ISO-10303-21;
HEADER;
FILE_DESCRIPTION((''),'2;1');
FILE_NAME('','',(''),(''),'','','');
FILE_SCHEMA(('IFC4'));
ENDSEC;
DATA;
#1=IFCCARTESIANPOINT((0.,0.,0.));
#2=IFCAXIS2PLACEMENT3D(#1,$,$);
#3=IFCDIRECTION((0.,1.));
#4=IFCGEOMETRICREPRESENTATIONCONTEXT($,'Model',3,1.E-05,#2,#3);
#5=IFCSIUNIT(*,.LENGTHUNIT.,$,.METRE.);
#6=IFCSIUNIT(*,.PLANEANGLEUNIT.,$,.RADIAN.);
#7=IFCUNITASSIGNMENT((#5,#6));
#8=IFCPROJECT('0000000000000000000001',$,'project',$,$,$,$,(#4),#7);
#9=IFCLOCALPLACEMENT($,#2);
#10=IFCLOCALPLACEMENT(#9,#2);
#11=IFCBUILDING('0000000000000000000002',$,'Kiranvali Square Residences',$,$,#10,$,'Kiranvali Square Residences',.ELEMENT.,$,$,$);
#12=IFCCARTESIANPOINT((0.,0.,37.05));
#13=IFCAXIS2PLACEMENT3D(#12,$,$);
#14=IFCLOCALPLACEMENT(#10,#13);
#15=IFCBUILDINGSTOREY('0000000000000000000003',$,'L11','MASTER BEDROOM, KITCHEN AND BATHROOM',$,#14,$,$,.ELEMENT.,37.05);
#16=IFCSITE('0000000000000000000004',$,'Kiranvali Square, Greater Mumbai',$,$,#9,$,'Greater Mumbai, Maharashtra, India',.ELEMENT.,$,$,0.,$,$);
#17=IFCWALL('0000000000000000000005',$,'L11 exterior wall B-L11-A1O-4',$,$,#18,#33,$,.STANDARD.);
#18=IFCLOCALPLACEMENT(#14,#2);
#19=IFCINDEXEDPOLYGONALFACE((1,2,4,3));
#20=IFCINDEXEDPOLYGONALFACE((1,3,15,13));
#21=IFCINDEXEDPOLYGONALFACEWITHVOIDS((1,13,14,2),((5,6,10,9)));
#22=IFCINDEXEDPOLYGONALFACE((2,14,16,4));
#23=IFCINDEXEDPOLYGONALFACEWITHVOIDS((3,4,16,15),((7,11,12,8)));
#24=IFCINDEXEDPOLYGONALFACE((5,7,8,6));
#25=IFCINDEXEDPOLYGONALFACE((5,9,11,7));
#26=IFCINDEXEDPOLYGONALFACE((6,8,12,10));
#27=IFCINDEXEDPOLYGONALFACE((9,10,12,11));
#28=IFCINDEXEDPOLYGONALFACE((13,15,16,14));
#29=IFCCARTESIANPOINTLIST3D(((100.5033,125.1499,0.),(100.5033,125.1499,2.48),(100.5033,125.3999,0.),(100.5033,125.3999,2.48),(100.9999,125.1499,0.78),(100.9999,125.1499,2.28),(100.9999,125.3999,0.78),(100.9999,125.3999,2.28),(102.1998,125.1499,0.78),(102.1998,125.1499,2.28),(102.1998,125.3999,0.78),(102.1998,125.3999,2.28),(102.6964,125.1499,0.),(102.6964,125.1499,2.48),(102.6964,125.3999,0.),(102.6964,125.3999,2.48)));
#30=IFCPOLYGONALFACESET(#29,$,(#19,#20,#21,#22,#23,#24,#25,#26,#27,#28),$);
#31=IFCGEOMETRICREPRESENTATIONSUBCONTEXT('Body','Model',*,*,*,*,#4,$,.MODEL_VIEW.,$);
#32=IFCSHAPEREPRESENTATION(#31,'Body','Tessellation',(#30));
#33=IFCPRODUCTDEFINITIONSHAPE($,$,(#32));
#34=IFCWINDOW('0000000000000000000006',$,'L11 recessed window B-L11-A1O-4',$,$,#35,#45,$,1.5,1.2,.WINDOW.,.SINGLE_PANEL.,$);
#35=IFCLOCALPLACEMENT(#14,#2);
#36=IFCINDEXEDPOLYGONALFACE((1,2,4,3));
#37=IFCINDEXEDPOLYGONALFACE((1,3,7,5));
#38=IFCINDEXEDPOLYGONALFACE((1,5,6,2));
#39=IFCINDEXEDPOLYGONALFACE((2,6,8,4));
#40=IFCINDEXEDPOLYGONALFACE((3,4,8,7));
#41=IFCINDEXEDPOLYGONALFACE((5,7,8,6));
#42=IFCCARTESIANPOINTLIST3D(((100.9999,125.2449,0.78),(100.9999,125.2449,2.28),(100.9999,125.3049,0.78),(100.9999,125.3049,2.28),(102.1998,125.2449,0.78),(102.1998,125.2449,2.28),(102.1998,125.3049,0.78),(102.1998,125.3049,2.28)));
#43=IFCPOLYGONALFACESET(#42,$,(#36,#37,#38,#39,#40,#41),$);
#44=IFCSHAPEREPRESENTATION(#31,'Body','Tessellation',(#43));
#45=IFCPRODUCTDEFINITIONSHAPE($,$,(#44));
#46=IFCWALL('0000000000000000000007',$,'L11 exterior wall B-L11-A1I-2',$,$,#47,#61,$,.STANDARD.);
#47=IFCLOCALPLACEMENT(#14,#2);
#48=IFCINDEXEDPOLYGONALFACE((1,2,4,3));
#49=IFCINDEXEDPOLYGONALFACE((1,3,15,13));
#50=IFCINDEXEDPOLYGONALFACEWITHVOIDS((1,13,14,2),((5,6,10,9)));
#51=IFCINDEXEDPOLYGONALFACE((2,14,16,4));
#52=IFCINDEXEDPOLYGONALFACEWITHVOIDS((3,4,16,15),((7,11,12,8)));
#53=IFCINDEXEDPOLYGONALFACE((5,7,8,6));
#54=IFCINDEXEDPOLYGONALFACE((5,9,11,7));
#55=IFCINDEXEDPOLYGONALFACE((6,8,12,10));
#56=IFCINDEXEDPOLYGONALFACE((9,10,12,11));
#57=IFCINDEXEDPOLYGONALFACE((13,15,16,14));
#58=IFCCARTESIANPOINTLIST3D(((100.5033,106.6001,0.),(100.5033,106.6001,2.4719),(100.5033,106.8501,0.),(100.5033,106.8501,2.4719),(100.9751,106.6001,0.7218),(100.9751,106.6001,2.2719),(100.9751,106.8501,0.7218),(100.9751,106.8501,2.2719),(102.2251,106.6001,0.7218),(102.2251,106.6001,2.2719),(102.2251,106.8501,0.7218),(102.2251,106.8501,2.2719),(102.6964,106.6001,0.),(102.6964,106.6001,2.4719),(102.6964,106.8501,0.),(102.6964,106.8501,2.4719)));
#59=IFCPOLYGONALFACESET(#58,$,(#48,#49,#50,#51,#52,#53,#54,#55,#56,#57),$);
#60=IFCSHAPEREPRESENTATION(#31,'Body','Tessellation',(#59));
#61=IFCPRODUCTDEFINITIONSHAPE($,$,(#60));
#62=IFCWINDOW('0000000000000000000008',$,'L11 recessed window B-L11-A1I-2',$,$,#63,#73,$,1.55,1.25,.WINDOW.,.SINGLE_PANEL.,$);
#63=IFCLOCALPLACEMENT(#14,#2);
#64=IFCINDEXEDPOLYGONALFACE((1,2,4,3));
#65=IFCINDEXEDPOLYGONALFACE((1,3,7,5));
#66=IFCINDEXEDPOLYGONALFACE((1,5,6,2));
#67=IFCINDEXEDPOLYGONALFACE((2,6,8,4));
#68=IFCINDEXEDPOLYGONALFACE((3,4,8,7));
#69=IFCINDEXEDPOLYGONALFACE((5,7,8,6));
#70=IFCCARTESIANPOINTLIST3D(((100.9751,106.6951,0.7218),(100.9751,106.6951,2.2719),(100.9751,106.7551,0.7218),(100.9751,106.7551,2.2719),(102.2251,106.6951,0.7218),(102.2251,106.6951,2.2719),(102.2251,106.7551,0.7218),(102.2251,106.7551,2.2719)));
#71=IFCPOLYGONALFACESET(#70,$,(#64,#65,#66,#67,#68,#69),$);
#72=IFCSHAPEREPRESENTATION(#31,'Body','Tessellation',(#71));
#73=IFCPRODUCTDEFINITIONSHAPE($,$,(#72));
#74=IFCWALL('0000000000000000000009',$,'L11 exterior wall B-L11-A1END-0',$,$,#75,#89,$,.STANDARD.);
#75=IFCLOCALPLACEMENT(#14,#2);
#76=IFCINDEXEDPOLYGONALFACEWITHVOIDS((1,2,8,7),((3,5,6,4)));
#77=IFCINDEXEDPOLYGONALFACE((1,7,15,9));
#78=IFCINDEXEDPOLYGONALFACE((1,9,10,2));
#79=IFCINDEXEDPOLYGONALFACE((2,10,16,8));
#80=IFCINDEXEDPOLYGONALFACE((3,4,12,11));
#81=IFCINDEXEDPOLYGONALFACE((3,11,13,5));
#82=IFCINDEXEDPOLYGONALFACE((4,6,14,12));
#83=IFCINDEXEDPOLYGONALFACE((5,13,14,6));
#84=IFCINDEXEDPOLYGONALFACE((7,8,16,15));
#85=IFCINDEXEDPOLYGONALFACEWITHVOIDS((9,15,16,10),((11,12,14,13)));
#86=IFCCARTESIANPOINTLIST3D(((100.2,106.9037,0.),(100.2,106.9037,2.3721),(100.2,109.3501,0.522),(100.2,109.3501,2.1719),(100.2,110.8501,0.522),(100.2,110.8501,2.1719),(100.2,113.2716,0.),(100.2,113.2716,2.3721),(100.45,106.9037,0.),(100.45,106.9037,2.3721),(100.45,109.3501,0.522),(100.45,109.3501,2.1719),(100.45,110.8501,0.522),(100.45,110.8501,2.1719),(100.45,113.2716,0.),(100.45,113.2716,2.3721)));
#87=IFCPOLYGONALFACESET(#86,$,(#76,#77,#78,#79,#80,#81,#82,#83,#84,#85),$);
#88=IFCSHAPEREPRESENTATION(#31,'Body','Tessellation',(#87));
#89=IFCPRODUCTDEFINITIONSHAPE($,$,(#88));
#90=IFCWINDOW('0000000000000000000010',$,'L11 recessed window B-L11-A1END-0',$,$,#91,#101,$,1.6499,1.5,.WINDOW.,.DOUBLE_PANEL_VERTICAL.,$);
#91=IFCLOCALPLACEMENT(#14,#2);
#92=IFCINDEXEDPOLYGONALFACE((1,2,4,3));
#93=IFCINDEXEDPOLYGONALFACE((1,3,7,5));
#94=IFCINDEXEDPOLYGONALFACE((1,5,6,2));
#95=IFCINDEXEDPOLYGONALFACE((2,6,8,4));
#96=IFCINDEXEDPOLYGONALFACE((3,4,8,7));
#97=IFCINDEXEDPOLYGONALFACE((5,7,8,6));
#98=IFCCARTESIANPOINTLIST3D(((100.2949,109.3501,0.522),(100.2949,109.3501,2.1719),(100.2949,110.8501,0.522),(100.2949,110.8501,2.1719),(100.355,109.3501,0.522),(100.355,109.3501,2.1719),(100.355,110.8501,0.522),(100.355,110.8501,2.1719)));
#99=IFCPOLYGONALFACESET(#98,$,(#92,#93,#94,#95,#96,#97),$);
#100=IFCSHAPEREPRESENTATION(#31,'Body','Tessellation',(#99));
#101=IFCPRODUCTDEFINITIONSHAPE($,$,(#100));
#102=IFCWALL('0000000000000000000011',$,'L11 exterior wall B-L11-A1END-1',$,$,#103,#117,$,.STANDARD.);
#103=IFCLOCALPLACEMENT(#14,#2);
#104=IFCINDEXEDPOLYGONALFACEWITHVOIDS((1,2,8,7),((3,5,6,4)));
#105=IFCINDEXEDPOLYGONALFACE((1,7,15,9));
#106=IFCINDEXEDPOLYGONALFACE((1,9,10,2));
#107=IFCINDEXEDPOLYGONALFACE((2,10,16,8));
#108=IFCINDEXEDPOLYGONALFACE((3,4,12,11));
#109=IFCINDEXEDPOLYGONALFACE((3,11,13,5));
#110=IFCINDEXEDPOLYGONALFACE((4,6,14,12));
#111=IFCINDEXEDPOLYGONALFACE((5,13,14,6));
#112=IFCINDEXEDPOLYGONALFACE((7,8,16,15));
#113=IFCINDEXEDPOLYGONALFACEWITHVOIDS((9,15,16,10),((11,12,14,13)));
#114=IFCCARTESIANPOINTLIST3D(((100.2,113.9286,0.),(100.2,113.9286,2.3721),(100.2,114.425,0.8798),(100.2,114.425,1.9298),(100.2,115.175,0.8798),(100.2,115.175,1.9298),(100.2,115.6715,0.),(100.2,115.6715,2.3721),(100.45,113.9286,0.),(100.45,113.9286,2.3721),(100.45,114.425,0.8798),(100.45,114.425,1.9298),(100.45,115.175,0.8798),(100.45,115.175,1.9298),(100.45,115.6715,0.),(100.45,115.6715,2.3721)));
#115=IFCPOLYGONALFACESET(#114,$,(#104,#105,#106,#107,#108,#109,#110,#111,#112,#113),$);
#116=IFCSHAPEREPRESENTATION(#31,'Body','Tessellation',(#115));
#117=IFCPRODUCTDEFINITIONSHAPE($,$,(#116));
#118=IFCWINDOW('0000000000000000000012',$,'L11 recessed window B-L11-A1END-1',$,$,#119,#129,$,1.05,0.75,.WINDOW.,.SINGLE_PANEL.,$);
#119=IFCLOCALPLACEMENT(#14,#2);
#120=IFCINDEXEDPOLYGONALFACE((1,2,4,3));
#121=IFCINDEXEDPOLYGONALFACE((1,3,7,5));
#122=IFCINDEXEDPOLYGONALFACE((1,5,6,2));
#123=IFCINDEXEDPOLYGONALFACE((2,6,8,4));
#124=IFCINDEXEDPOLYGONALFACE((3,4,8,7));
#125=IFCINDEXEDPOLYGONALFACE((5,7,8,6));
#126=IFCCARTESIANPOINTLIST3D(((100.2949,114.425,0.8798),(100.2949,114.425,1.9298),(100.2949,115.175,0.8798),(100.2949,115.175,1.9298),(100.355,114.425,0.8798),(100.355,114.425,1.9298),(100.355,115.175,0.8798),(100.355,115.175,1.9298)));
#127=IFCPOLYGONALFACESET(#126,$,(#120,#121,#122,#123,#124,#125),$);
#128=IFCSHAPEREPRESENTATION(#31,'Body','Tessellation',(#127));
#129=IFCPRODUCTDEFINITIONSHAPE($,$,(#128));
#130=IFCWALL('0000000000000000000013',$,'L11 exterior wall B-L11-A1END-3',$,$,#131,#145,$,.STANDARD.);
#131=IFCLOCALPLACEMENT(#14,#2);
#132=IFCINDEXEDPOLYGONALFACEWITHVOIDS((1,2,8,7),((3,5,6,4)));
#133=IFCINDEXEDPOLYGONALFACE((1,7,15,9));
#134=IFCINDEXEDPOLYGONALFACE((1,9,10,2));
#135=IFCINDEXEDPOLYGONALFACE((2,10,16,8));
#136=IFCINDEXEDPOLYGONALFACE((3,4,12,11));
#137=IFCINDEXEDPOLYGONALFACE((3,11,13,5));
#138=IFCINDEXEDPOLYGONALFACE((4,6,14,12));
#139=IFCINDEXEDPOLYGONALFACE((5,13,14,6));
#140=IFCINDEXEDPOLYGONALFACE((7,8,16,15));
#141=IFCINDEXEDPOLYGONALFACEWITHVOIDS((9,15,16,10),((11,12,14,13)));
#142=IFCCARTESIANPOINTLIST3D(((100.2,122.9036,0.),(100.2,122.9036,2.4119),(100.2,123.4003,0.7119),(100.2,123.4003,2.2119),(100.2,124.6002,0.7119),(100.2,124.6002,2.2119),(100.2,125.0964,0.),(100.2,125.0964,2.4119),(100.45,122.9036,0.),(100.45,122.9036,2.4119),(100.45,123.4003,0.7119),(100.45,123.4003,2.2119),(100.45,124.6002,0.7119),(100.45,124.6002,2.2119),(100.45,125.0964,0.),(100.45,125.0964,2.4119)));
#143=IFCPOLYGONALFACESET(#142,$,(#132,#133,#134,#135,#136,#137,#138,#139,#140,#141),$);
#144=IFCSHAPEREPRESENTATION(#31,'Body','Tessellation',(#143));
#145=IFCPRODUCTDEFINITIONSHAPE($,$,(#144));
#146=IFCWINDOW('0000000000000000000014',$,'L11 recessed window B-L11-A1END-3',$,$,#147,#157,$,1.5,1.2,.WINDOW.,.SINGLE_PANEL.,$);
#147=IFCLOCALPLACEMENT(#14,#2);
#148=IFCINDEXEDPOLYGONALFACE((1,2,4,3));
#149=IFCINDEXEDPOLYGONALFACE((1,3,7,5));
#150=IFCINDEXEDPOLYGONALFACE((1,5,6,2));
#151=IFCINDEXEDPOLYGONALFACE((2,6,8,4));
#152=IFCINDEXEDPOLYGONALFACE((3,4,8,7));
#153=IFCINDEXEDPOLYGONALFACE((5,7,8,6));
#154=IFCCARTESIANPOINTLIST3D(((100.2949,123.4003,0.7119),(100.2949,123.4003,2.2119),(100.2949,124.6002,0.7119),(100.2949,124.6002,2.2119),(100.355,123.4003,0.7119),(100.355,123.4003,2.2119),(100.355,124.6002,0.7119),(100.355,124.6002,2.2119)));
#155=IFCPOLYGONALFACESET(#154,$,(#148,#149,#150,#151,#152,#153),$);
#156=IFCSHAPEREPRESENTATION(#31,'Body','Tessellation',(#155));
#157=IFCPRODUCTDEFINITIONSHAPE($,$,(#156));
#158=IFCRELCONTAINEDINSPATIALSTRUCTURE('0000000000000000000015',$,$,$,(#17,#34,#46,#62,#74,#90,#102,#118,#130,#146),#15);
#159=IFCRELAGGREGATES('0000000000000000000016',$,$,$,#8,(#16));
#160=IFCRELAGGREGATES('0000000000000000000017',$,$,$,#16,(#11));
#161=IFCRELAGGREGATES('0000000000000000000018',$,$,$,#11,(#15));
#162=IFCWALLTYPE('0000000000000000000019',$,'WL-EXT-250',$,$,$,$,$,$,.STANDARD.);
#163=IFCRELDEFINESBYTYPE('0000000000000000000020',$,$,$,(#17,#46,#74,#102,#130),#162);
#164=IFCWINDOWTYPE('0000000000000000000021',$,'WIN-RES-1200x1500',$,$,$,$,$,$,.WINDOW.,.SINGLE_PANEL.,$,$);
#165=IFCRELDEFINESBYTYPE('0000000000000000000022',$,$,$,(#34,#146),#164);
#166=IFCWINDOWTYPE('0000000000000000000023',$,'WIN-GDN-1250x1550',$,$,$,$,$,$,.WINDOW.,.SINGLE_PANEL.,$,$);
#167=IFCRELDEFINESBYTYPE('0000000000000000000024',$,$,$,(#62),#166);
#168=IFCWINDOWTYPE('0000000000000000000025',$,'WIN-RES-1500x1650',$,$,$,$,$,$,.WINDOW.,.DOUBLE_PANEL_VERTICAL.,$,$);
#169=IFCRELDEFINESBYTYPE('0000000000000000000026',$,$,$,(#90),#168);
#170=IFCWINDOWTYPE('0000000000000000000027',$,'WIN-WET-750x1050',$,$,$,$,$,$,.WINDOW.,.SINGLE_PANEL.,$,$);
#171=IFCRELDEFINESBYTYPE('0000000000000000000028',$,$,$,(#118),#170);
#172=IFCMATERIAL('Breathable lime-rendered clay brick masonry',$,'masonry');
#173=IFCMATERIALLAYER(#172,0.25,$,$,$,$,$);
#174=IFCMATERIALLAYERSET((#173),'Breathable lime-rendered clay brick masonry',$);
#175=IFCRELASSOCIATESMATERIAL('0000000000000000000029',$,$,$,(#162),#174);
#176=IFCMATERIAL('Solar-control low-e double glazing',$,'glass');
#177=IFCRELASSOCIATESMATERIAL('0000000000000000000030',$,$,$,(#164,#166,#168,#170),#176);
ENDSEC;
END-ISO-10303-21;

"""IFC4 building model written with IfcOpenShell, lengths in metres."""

from ifc_helpers import new_model, si_unit, direction, frame, frame_2d, origin, place, context, subcontext, project, spatial, rectangle, extrude, material, layer, layer_set, type_object, element, fill, save


model = new_model("IFC4")

# Units and contexts
model_context = context("Model", 3, precision=1e-05, world=origin(), true_north=direction((0.0, 1.0)))
body_context = subcontext(model_context, "Body", "Model", "MODEL_VIEW")
ifc_project = project(units=[si_unit("LENGTHUNIT", "METRE"), si_unit("PLANEANGLEUNIT", "RADIAN")], contexts=[model_context])

# Site, building, storey
site_placement = place(None, origin())
site = spatial("IfcSite", under=ifc_project, at=site_placement, Name="Kiranvali Square, Greater Mumbai", LongName="Greater Mumbai, Maharashtra, India", CompositionType="ELEMENT", RefElevation=0.0)
building_placement = place(site_placement, origin())
building = spatial("IfcBuilding", under=site, at=building_placement, Name="Kiranvali Square Residences", LongName="Kiranvali Square Residences", CompositionType="ELEMENT")
storey_placement = place(building_placement, frame((0.0, 0.0, 37.05)))
storey = spatial("IfcBuildingStorey", under=building, at=storey_placement, Name="L11", Description="MASTER BEDROOM, KITCHEN AND BATHROOM", CompositionType="ELEMENT", Elevation=37.05)

# Walls, openings, windows
ifc_material_1 = material(Name="Breathable lime-rendered clay brick masonry", Category="masonry")
ifc_layer_1 = layer(ifc_material_1, 0.25)
ifc_layer_set_1 = layer_set([ifc_layer_1], Name="Breathable lime-rendered clay brick masonry")
wall_type_1 = type_object("IfcWallType", Name="WL-EXT-250", PredefinedType="STANDARD", material=ifc_layer_set_1)
wall_1_placement = place(storey_placement, frame((102.6965, 125.2749, 0.0), z_axis=(0.0, 0.0, 1.0), x_axis=(-1.0, 0.0, 0.0)))
wall_1 = element("IfcWall", 1, at=wall_1_placement, inside=storey, type_object=wall_type_1, Name="L11 exterior wall B-L11-A1O-4", PredefinedType="STANDARD", context=body_context, shape_type="SweptSolid", body=[
    extrude(rectangle(XDim=2.1931, YDim=0.25, at=frame_2d((1.0967, 0.0))), origin(), (0.0, 0.0, 1.0), 2.48),
])
opening_1_placement = place(wall_1_placement, frame((0.4966, 0.0, 0.78)))
opening_1 = element("IfcOpeningElement", 2, at=opening_1_placement, cuts=wall_1, PredefinedType="OPENING", context=body_context, shape_type="SweptSolid", body=[
    extrude(rectangle(XDim=1.2, YDim=1.5, at=frame_2d((0.6001, 0.75))), frame((0.0, 0.135, 0.0), z_axis=(0.0, -1.0, 0.0), x_axis=(1.0, 0.0, 0.0)), (0.0, 0.0, 1.0), 0.27),
])
ifc_material_2 = material(Name="Solar-control low-e double glazing", Category="glass")
window_type_1 = type_object("IfcWindowType", Name="WIN-RES-1200x1500", PartitioningType="SINGLE_PANEL", PredefinedType="WINDOW", material=ifc_material_2)
window_1_placement = place(opening_1_placement, origin())
window_1 = element("IfcWindow", 3, at=window_1_placement, inside=storey, type_object=window_type_1, Name="L11 recessed window B-L11-A1O-4", OverallHeight=1.5, OverallWidth=1.2, PartitioningType="SINGLE_PANEL", PredefinedType="WINDOW", context=body_context, shape_type="SweptSolid", body=[
    extrude(rectangle(XDim=1.2, YDim=1.5, at=frame_2d((0.6001, 0.75))), frame((0.0, 0.03, 0.0), z_axis=(0.0, -1.0, 0.0), x_axis=(1.0, 0.0, 0.0)), (0.0, 0.0, 1.0), 0.0601),
])
fill(opening_1, window_1)
wall_2_placement = place(storey_placement, frame((102.6965, 106.7251, 0.0), z_axis=(0.0, 0.0, 1.0), x_axis=(-1.0, 0.0, 0.0)))
wall_2 = element("IfcWall", 4, at=wall_2_placement, inside=storey, type_object=wall_type_1, Name="L11 exterior wall B-L11-A1I-2", PredefinedType="STANDARD", context=body_context, shape_type="SweptSolid", body=[
    extrude(rectangle(XDim=2.1931, YDim=0.25, at=frame_2d((1.0967, 0.0))), origin(), (0.0, 0.0, 1.0), 2.4719),
])
opening_2_placement = place(wall_2_placement, frame((0.4714, 0.0, 0.7219)))
opening_2 = element("IfcOpeningElement", 5, at=opening_2_placement, cuts=wall_2, PredefinedType="OPENING", context=body_context, shape_type="SweptSolid", body=[
    extrude(rectangle(XDim=1.25, YDim=1.55, at=frame_2d((0.625, 0.7749))), frame((0.0, 0.135, 0.0), z_axis=(0.0, -1.0, 0.0), x_axis=(1.0, 0.0, 0.0)), (0.0, 0.0, 1.0), 0.27),
])
window_type_2 = type_object("IfcWindowType", Name="WIN-GDN-1250x1550", PartitioningType="SINGLE_PANEL", PredefinedType="WINDOW", material=ifc_material_2)
window_2_placement = place(opening_2_placement, origin())
window_2 = element("IfcWindow", 6, at=window_2_placement, inside=storey, type_object=window_type_2, Name="L11 recessed window B-L11-A1I-2", OverallHeight=1.55, OverallWidth=1.25, PartitioningType="SINGLE_PANEL", PredefinedType="WINDOW", context=body_context, shape_type="SweptSolid", body=[
    extrude(rectangle(XDim=1.25, YDim=1.55, at=frame_2d((0.625, 0.7749))), frame((0.0, 0.03, 0.0), z_axis=(0.0, -1.0, 0.0), x_axis=(1.0, 0.0, 0.0)), (0.0, 0.0, 1.0), 0.0601),
])
fill(opening_2, window_2)
wall_3_placement = place(storey_placement, frame((100.325, 106.9036, 0.0), z_axis=(0.0, 0.0, 1.0), x_axis=(0.0, 1.0, 0.0)))
wall_3 = element("IfcWall", 7, at=wall_3_placement, inside=storey, type_object=wall_type_1, Name="L11 exterior wall B-L11-A1END-0", PredefinedType="STANDARD", context=body_context, shape_type="SweptSolid", body=[
    extrude(rectangle(XDim=6.3679, YDim=0.25, at=frame_2d((3.1841, 0.0))), origin(), (0.0, 0.0, 1.0), 2.3721),
])
opening_3_placement = place(wall_3_placement, frame((2.4465, 0.0, 0.522)))
opening_3 = element("IfcOpeningElement", 8, at=opening_3_placement, cuts=wall_3, PredefinedType="OPENING", context=body_context, shape_type="SweptSolid", body=[
    extrude(rectangle(XDim=1.5, YDim=1.6499, at=frame_2d((0.75, 0.825))), frame((0.0, 0.135, 0.0), z_axis=(0.0, -1.0, 0.0), x_axis=(1.0, 0.0, 0.0)), (0.0, 0.0, 1.0), 0.27),
])
window_type_3 = type_object("IfcWindowType", Name="WIN-RES-1500x1650", PartitioningType="DOUBLE_PANEL_VERTICAL", PredefinedType="WINDOW", material=ifc_material_2)
window_3_placement = place(opening_3_placement, origin())
window_3 = element("IfcWindow", 9, at=window_3_placement, inside=storey, type_object=window_type_3, Name="L11 recessed window B-L11-A1END-0", OverallHeight=1.6499, OverallWidth=1.5, PartitioningType="DOUBLE_PANEL_VERTICAL", PredefinedType="WINDOW", context=body_context, shape_type="SweptSolid", body=[
    extrude(rectangle(XDim=1.5, YDim=1.6499, at=frame_2d((0.75, 0.825))), frame((0.0, 0.03, 0.0), z_axis=(0.0, -1.0, 0.0), x_axis=(1.0, 0.0, 0.0)), (0.0, 0.0, 1.0), 0.0601),
])
fill(opening_3, window_3)
wall_4_placement = place(storey_placement, frame((100.325, 113.9285, 0.0), z_axis=(0.0, 0.0, 1.0), x_axis=(0.0, 1.0, 0.0)))
wall_4 = element("IfcWall", 10, at=wall_4_placement, inside=storey, type_object=wall_type_1, Name="L11 exterior wall B-L11-A1END-1", PredefinedType="STANDARD", context=body_context, shape_type="SweptSolid", body=[
    extrude(rectangle(XDim=1.7429, YDim=0.25, at=frame_2d((0.8716, 0.0))), origin(), (0.0, 0.0, 1.0), 2.3721),
])
opening_4_placement = place(wall_4_placement, frame((0.4966, 0.0, 0.8799)))
opening_4 = element("IfcOpeningElement", 11, at=opening_4_placement, cuts=wall_4, PredefinedType="OPENING", context=body_context, shape_type="SweptSolid", body=[
    extrude(rectangle(XDim=0.75, YDim=1.05, at=frame_2d((0.375, 0.5249))), frame((0.0, 0.135, 0.0), z_axis=(0.0, -1.0, 0.0), x_axis=(1.0, 0.0, 0.0)), (0.0, 0.0, 1.0), 0.27),
])
window_type_4 = type_object("IfcWindowType", Name="WIN-WET-750x1050", PartitioningType="SINGLE_PANEL", PredefinedType="WINDOW", material=ifc_material_2)
window_4_placement = place(opening_4_placement, origin())
window_4 = element("IfcWindow", 12, at=window_4_placement, inside=storey, type_object=window_type_4, Name="L11 recessed window B-L11-A1END-1", OverallHeight=1.05, OverallWidth=0.75, PartitioningType="SINGLE_PANEL", PredefinedType="WINDOW", context=body_context, shape_type="SweptSolid", body=[
    extrude(rectangle(XDim=0.75, YDim=1.05, at=frame_2d((0.375, 0.5249))), frame((0.0, 0.03, 0.0), z_axis=(0.0, -1.0, 0.0), x_axis=(1.0, 0.0, 0.0)), (0.0, 0.0, 1.0), 0.0601),
])
fill(opening_4, window_4)

# Wall, opening, window
wall_5_placement = place(storey_placement, frame((100.325, 122.9036, 0.0), z_axis=(0.0, 0.0, 1.0), x_axis=(0.0, 1.0, 0.0)))
wall_5 = element("IfcWall", 13, at=wall_5_placement, inside=storey, type_object=wall_type_1, Name="L11 exterior wall B-L11-A1END-3", PredefinedType="STANDARD", context=body_context, shape_type="SweptSolid", body=[
    extrude(rectangle(XDim=2.1929, YDim=0.25, at=frame_2d((1.0964, 0.0))), origin(), (0.0, 0.0, 1.0), 2.4119),
])
opening_5_placement = place(wall_5_placement, frame((0.4966, 0.0, 0.7119)))
opening_5 = element("IfcOpeningElement", 14, at=opening_5_placement, cuts=wall_5, PredefinedType="OPENING", context=body_context, shape_type="SweptSolid", body=[
    extrude(rectangle(XDim=1.2, YDim=1.5, at=frame_2d((0.6001, 0.75))), frame((0.0, 0.135, 0.0), z_axis=(0.0, -1.0, 0.0), x_axis=(1.0, 0.0, 0.0)), (0.0, 0.0, 1.0), 0.27),
])
window_5_placement = place(opening_5_placement, origin())
window_5 = element("IfcWindow", 15, at=window_5_placement, inside=storey, type_object=window_type_1, Name="L11 recessed window B-L11-A1END-3", OverallHeight=1.5, OverallWidth=1.2, PartitioningType="SINGLE_PANEL", PredefinedType="WINDOW", context=body_context, shape_type="SweptSolid", body=[
    extrude(rectangle(XDim=1.2, YDim=1.5, at=frame_2d((0.6001, 0.75))), frame((0.0, 0.03, 0.0), z_axis=(0.0, -1.0, 0.0), x_axis=(1.0, 0.0, 0.0)), (0.0, 0.0, 1.0), 0.0601),
])
fill(opening_5, window_5)

save(model, "model.ifc")
